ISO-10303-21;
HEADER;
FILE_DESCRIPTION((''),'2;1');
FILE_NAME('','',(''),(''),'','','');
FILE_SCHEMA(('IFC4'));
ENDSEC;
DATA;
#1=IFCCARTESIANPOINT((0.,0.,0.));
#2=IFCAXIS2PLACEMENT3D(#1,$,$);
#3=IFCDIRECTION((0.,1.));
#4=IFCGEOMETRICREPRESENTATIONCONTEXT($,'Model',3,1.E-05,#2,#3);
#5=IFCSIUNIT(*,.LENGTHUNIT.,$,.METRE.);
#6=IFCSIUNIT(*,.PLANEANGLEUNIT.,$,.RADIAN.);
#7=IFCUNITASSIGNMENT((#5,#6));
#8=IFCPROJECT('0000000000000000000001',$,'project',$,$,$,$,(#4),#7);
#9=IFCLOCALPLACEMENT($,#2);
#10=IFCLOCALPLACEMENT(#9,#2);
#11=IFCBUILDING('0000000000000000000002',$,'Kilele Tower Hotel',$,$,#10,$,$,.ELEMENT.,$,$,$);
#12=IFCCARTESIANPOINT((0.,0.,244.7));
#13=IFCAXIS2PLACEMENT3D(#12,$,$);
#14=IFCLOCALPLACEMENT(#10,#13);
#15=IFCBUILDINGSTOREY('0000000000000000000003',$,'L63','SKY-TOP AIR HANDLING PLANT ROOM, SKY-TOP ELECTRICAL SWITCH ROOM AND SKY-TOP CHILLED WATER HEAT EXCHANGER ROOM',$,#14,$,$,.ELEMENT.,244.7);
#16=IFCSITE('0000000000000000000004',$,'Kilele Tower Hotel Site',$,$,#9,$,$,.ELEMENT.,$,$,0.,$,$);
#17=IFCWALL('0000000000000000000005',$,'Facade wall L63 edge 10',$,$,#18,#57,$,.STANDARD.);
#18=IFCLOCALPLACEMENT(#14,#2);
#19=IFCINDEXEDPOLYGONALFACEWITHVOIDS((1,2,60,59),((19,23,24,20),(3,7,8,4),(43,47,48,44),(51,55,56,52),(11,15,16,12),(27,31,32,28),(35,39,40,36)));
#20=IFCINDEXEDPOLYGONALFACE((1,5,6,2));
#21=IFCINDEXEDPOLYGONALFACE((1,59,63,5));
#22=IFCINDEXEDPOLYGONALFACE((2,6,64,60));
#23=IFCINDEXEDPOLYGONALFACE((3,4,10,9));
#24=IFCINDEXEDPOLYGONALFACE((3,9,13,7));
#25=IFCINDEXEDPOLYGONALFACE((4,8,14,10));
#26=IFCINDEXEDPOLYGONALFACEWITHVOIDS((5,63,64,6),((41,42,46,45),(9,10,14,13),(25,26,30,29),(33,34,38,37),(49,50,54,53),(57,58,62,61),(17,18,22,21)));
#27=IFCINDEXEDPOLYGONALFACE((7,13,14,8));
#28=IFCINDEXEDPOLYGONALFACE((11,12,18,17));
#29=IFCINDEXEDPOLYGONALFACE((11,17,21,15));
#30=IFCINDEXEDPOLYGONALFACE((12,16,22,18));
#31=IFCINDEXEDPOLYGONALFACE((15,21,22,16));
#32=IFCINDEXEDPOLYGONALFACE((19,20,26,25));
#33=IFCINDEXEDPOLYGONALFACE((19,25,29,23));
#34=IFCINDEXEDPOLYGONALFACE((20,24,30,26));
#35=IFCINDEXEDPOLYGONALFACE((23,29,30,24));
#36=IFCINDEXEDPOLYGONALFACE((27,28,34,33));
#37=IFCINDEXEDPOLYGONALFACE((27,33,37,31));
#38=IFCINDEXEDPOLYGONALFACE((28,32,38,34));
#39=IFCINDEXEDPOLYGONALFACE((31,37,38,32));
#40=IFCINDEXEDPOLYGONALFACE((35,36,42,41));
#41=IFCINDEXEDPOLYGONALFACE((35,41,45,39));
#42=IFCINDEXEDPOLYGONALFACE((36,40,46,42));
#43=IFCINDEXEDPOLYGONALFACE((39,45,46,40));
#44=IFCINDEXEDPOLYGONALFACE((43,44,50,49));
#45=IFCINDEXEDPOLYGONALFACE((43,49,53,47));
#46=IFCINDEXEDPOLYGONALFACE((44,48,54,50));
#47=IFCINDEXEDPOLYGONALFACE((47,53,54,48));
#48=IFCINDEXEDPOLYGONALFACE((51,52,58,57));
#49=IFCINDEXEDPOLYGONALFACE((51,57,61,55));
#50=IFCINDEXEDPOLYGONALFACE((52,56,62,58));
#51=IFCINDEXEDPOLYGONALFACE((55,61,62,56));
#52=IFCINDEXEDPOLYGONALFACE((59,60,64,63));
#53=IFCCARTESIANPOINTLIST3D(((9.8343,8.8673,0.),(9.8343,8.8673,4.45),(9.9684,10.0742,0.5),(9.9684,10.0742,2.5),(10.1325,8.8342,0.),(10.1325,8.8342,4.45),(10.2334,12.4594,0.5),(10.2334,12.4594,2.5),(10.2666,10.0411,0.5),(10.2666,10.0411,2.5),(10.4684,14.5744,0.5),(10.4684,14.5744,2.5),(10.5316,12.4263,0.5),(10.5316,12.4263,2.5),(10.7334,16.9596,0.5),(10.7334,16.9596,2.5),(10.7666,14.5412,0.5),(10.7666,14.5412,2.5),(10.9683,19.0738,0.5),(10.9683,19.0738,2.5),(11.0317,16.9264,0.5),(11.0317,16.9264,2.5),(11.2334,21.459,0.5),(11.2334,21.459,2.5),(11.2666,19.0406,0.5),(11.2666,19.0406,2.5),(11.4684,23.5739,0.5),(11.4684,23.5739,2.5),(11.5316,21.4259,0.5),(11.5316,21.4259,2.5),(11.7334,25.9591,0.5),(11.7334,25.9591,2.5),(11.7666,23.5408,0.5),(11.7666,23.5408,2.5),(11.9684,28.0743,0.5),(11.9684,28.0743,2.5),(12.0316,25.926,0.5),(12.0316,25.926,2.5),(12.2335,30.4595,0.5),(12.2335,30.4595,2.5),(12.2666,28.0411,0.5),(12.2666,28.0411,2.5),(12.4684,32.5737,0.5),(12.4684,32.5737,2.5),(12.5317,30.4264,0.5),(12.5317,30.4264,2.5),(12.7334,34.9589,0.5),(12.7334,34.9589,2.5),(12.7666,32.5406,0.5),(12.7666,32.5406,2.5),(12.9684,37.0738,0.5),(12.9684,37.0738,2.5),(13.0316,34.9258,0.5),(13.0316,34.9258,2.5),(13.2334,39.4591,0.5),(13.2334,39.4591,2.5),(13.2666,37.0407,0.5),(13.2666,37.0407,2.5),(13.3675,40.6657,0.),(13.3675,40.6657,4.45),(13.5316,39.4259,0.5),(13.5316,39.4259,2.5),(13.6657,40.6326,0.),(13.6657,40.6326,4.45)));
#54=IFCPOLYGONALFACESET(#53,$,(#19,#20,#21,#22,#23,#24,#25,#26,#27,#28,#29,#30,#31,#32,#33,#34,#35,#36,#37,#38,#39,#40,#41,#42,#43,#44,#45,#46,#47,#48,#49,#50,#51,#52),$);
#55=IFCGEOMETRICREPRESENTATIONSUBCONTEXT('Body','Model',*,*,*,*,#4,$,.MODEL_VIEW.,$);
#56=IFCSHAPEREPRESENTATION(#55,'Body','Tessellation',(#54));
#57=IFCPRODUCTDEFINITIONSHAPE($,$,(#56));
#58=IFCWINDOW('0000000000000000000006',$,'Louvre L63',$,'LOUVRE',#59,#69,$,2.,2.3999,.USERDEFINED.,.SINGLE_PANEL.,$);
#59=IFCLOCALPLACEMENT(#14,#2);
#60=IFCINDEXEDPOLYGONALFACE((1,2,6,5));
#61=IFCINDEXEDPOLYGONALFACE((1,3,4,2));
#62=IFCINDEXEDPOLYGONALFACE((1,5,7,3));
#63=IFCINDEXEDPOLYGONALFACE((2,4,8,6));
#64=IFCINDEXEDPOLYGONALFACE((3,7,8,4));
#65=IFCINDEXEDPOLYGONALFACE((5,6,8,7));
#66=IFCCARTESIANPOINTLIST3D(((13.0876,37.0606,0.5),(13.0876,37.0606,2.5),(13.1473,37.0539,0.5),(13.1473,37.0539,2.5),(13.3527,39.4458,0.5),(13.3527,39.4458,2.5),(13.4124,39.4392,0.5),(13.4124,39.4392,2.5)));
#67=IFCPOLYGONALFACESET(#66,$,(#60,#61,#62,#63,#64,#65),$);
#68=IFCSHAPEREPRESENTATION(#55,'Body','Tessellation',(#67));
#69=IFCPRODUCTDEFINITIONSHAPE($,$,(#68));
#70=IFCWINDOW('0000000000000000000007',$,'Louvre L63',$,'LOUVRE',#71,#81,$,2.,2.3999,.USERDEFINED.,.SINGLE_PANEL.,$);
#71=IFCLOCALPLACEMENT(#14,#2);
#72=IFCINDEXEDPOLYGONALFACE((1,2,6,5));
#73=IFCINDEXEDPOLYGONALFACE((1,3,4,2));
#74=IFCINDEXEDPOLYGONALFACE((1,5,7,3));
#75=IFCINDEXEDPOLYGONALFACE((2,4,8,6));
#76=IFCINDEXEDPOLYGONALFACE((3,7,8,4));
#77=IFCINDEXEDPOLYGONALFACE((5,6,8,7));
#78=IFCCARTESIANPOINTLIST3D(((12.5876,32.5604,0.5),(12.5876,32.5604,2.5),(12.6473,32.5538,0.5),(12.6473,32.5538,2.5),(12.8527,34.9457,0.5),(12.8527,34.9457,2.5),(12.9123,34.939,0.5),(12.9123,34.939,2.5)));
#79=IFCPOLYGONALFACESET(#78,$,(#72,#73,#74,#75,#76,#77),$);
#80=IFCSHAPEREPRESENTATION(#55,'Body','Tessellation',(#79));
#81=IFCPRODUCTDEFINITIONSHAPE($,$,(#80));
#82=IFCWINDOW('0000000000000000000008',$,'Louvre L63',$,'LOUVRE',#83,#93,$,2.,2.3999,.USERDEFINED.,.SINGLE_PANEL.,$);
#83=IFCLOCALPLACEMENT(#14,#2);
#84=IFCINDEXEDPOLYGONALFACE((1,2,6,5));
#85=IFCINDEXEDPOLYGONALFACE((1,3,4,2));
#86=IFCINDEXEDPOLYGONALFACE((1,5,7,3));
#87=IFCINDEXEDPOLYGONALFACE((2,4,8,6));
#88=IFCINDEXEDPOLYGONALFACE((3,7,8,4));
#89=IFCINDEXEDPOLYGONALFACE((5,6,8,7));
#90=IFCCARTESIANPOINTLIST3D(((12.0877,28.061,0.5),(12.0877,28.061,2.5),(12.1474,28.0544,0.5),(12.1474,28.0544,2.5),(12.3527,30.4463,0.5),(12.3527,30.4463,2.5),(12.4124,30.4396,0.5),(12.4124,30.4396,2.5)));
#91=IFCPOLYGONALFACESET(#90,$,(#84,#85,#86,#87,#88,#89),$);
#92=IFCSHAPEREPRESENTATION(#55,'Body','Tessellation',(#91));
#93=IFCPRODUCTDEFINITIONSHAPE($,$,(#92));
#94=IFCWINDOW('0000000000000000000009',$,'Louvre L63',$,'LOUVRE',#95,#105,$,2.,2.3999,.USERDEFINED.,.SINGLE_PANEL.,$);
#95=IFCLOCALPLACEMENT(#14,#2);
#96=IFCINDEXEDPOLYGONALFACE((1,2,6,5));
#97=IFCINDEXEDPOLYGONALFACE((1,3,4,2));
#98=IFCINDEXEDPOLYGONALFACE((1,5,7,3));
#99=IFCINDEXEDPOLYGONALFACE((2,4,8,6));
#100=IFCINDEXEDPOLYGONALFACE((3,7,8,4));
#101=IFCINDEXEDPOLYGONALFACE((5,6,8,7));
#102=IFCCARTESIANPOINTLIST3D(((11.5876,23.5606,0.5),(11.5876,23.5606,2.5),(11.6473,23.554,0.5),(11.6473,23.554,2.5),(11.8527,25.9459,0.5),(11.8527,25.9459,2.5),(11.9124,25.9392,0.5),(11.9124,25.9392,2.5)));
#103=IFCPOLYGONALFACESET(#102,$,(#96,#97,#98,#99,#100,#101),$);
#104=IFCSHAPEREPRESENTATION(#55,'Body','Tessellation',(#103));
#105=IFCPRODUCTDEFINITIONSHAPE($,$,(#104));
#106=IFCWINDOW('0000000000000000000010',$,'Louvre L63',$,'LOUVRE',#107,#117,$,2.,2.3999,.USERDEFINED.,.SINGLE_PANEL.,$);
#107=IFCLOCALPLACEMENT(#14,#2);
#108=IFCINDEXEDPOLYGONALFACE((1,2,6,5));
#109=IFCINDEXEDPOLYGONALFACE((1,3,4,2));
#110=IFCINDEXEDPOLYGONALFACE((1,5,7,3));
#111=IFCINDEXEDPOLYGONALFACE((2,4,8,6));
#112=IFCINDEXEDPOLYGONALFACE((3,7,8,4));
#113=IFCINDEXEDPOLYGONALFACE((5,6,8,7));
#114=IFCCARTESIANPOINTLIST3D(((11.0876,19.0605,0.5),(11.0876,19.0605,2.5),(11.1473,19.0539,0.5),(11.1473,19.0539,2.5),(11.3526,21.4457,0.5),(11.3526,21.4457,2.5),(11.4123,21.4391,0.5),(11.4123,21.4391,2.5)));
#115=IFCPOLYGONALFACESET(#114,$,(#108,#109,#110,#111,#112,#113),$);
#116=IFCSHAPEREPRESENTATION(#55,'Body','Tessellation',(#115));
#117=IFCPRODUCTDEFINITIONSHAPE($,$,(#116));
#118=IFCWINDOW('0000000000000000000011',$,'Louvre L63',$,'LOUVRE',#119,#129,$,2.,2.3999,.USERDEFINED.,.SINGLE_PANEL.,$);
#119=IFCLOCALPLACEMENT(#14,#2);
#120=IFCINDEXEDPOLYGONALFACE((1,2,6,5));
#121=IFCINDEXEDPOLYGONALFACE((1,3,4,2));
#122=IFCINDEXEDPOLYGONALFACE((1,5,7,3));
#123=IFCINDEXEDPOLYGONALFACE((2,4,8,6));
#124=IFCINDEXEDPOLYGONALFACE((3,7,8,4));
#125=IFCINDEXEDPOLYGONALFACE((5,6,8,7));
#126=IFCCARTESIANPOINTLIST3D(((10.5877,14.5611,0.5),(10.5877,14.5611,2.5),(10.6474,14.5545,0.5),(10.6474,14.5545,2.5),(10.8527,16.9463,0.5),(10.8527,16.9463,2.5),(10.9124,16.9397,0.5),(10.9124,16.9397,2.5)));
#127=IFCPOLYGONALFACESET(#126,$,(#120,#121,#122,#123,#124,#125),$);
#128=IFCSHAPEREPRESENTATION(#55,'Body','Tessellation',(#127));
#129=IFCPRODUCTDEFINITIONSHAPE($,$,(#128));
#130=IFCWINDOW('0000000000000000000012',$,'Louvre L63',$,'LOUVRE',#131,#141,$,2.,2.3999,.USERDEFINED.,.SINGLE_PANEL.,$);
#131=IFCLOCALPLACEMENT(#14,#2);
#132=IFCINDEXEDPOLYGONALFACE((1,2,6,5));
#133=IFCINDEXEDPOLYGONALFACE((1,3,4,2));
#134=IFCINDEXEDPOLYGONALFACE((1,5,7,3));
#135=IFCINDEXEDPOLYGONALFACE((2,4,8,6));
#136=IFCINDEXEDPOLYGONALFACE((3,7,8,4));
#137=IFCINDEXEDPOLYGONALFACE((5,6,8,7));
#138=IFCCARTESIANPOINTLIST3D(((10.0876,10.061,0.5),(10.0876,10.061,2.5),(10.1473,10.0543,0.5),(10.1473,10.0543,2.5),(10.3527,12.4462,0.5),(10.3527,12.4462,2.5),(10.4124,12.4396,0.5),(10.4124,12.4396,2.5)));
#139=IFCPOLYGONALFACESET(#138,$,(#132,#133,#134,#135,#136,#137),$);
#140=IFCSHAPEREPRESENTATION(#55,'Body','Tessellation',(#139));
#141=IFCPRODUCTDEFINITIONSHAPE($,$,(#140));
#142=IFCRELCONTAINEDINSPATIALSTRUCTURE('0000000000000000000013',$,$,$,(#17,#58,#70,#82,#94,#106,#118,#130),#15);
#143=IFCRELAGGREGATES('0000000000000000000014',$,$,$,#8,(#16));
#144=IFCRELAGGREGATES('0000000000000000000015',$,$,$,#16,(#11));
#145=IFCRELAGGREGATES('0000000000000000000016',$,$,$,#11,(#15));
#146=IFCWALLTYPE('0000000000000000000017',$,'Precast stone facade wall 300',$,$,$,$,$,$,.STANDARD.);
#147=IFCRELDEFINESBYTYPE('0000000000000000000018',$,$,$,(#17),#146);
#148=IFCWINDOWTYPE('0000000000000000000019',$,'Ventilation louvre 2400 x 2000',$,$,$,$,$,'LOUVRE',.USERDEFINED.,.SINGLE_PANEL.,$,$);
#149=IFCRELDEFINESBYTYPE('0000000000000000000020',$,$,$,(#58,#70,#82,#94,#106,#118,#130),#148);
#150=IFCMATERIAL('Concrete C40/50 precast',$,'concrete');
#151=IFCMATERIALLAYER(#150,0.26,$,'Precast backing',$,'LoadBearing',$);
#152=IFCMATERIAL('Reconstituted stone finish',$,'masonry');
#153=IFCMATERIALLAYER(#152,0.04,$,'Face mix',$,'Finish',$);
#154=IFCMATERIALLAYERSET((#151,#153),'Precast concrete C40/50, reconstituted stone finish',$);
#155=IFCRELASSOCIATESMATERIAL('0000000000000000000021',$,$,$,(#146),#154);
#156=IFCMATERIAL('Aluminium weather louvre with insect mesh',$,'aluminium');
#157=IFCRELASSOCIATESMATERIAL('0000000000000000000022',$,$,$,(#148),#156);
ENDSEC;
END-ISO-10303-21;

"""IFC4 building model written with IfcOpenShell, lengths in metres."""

from ifc_helpers import new_model, si_unit, direction, frame, frame_2d, origin, place, context, subcontext, project, spatial, rectangle, extrude, material, layer, layer_set, type_object, element, fill, save


model = new_model("IFC4")

# Units and contexts
model_context = context("Model", 3, precision=1e-05, world=origin(), true_north=direction((0.0, 1.0)))
body_context = subcontext(model_context, "Body", "Model", "MODEL_VIEW")
ifc_project = project(units=[si_unit("LENGTHUNIT", "METRE"), si_unit("PLANEANGLEUNIT", "RADIAN")], contexts=[model_context])

# Site, building, storey
site_placement = place(None, origin())
site = spatial("IfcSite", under=ifc_project, at=site_placement, Name="Kilele Tower Hotel Site", CompositionType="ELEMENT", RefElevation=0.0)
building_placement = place(site_placement, origin())
building = spatial("IfcBuilding", under=site, at=building_placement, Name="Kilele Tower Hotel", CompositionType="ELEMENT")
storey_placement = place(building_placement, frame((0.0, 0.0, 244.7)))
storey = spatial("IfcBuildingStorey", under=building, at=storey_placement, Name="L63", Description="SKY-TOP AIR HANDLING PLANT ROOM, SKY-TOP ELECTRICAL SWITCH ROOM AND SKY-TOP CHILLED WATER HEAT EXCHANGER ROOM", CompositionType="ELEMENT", Elevation=244.7)

# Wall, openings, windows
ifc_material_1 = material(Name="Concrete C40/50 precast", Category="concrete")
ifc_layer_1 = layer(ifc_material_1, 0.26, Name="Precast backing", Category="LoadBearing")
ifc_material_2 = material(Name="Reconstituted stone finish", Category="masonry")
ifc_layer_2 = layer(ifc_material_2, 0.04, Name="Face mix", Category="Finish")
ifc_layer_set_1 = layer_set([ifc_layer_1, ifc_layer_2], Name="Precast concrete C40/50, reconstituted stone finish")
wall_type_1 = type_object("IfcWallType", Name="Precast stone facade wall 300", PredefinedType="STANDARD", material=ifc_layer_set_1)
wall_1_placement = place(storey_placement, frame((13.5166, 40.6492, 0.0), z_axis=(0.0, 0.0, 1.0), x_axis=(-0.110433, -0.993884, 0.0)))
wall_1 = element("IfcWall", 1, at=wall_1_placement, inside=storey, type_object=wall_type_1, Name="Facade wall L63 edge 10", PredefinedType="STANDARD", context=body_context, shape_type="SweptSolid", body=[
    extrude(rectangle(XDim=31.9941, YDim=0.3, at=frame_2d((15.9971, 0.0))), origin(), (0.0, 0.0, 1.0), 4.45),
])
opening_1_placement = place(wall_1_placement, frame((1.2141, 0.0, 0.5)))
opening_1 = element("IfcOpeningElement", 2, at=opening_1_placement, cuts=wall_1, PredefinedType="OPENING", context=body_context, shape_type="SweptSolid", body=[
    extrude(rectangle(XDim=2.3999, YDim=2.0, at=frame_2d((1.2, 1.0))), frame((0.0, 0.1599, 0.0), z_axis=(0.0, -1.0, 0.0), x_axis=(1.0, 0.0, 0.0)), (0.0, 0.0, 1.0), 0.3201),
])
opening_2_placement = place(wall_1_placement, frame((5.7419, 0.0, 0.5)))
opening_2 = element("IfcOpeningElement", 3, at=opening_2_placement, cuts=wall_1, PredefinedType="OPENING", context=body_context, shape_type="SweptSolid", body=[
    extrude(rectangle(XDim=2.3999, YDim=2.0, at=frame_2d((1.2, 1.0))), frame((0.0, 0.1599, 0.0), z_axis=(0.0, -1.0, 0.0), x_axis=(1.0, 0.0, 0.0)), (0.0, 0.0, 1.0), 0.3201),
])
opening_3_placement = place(wall_1_placement, frame((10.269, 0.0, 0.5)))
opening_3 = element("IfcOpeningElement", 4, at=opening_3_placement, cuts=wall_1, PredefinedType="OPENING", context=body_context, shape_type="SweptSolid", body=[
    extrude(rectangle(XDim=2.3999, YDim=2.0, at=frame_2d((1.2, 1.0))), frame((0.0, 0.1599, 0.0), z_axis=(0.0, -1.0, 0.0), x_axis=(1.0, 0.0, 0.0)), (0.0, 0.0, 1.0), 0.3201),
])
opening_4_placement = place(wall_1_placement, frame((14.7971, 0.0, 0.5)))
opening_4 = element("IfcOpeningElement", 5, at=opening_4_placement, cuts=wall_1, PredefinedType="OPENING", context=body_context, shape_type="SweptSolid", body=[
    extrude(rectangle(XDim=2.3999, YDim=2.0, at=frame_2d((1.2, 1.0))), frame((0.0, 0.1599, 0.0), z_axis=(0.0, -1.0, 0.0), x_axis=(1.0, 0.0, 0.0)), (0.0, 0.0, 1.0), 0.3201),
])
opening_5_placement = place(wall_1_placement, frame((19.325, 0.0, 0.5)))
opening_5 = element("IfcOpeningElement", 6, at=opening_5_placement, cuts=wall_1, PredefinedType="OPENING", context=body_context, shape_type="SweptSolid", body=[
    extrude(rectangle(XDim=2.3999, YDim=2.0, at=frame_2d((1.2, 1.0))), frame((0.0, 0.1599, 0.0), z_axis=(0.0, -1.0, 0.0), x_axis=(1.0, 0.0, 0.0)), (0.0, 0.0, 1.0), 0.3201),
])
opening_6_placement = place(wall_1_placement, frame((23.8521, 0.0, 0.5)))
opening_6 = element("IfcOpeningElement", 7, at=opening_6_placement, cuts=wall_1, PredefinedType="OPENING", context=body_context, shape_type="SweptSolid", body=[
    extrude(rectangle(XDim=2.3999, YDim=2.0, at=frame_2d((1.2, 1.0))), frame((0.0, 0.1599, 0.0), z_axis=(0.0, -1.0, 0.0), x_axis=(1.0, 0.0, 0.0)), (0.0, 0.0, 1.0), 0.3201),
])
opening_7_placement = place(wall_1_placement, frame((28.3799, 0.0, 0.5)))
opening_7 = element("IfcOpeningElement", 8, at=opening_7_placement, cuts=wall_1, PredefinedType="OPENING", context=body_context, shape_type="SweptSolid", body=[
    extrude(rectangle(XDim=2.3999, YDim=2.0, at=frame_2d((1.2, 1.0))), frame((0.0, 0.1599, 0.0), z_axis=(0.0, -1.0, 0.0), x_axis=(1.0, 0.0, 0.0)), (0.0, 0.0, 1.0), 0.3201),
])
ifc_material_3 = material(Name="Aluminium weather louvre with insect mesh", Category="aluminium")
window_type = type_object("IfcWindowType", Name="Ventilation louvre 2400 x 2000", ElementType="LOUVRE", PartitioningType="SINGLE_PANEL", PredefinedType="USERDEFINED", material=ifc_material_3)
window_1_placement = place(opening_1_placement, origin())
window_1 = element("IfcWindow", 9, at=window_1_placement, inside=storey, type_object=window_type, Name="Louvre L63", ObjectType="LOUVRE", OverallHeight=2.0, OverallWidth=2.3999, PartitioningType="SINGLE_PANEL", PredefinedType="USERDEFINED", context=body_context, shape_type="SweptSolid", body=[
    extrude(rectangle(XDim=2.3999, YDim=2.0, at=frame_2d((1.2, 1.0))), frame((0.0, 0.03, 0.0), z_axis=(0.0, -1.0, 0.0), x_axis=(1.0, 0.0, 0.0)), (0.0, 0.0, 1.0), 0.0601),
])
fill(opening_1, window_1)
window_2_placement = place(opening_2_placement, origin())
window_2 = element("IfcWindow", 10, at=window_2_placement, inside=storey, type_object=window_type, Name="Louvre L63", ObjectType="LOUVRE", OverallHeight=2.0, OverallWidth=2.3999, PartitioningType="SINGLE_PANEL", PredefinedType="USERDEFINED", context=body_context, shape_type="SweptSolid", body=[
    extrude(rectangle(XDim=2.3999, YDim=2.0, at=frame_2d((1.2, 1.0))), frame((0.0, 0.03, 0.0), z_axis=(0.0, -1.0, 0.0), x_axis=(1.0, 0.0, 0.0)), (0.0, 0.0, 1.0), 0.0601),
])
fill(opening_2, window_2)
window_3_placement = place(opening_3_placement, origin())
window_3 = element("IfcWindow", 11, at=window_3_placement, inside=storey, type_object=window_type, Name="Louvre L63", ObjectType="LOUVRE", OverallHeight=2.0, OverallWidth=2.3999, PartitioningType="SINGLE_PANEL", PredefinedType="USERDEFINED", context=body_context, shape_type="SweptSolid", body=[
    extrude(rectangle(XDim=2.3999, YDim=2.0, at=frame_2d((1.2, 1.0))), frame((0.0, 0.03, 0.0), z_axis=(0.0, -1.0, 0.0), x_axis=(1.0, 0.0, 0.0)), (0.0, 0.0, 1.0), 0.0601),
])
fill(opening_3, window_3)
window_4_placement = place(opening_4_placement, origin())
window_4 = element("IfcWindow", 12, at=window_4_placement, inside=storey, type_object=window_type, Name="Louvre L63", ObjectType="LOUVRE", OverallHeight=2.0, OverallWidth=2.3999, PartitioningType="SINGLE_PANEL", PredefinedType="USERDEFINED", context=body_context, shape_type="SweptSolid", body=[
    extrude(rectangle(XDim=2.3999, YDim=2.0, at=frame_2d((1.2, 1.0))), frame((0.0, 0.03, 0.0), z_axis=(0.0, -1.0, 0.0), x_axis=(1.0, 0.0, 0.0)), (0.0, 0.0, 1.0), 0.0601),
])
fill(opening_4, window_4)
window_5_placement = place(opening_5_placement, origin())
window_5 = element("IfcWindow", 13, at=window_5_placement, inside=storey, type_object=window_type, Name="Louvre L63", ObjectType="LOUVRE", OverallHeight=2.0, OverallWidth=2.3999, PartitioningType="SINGLE_PANEL", PredefinedType="USERDEFINED", context=body_context, shape_type="SweptSolid", body=[
    extrude(rectangle(XDim=2.3999, YDim=2.0, at=frame_2d((1.2, 1.0))), frame((0.0, 0.03, 0.0), z_axis=(0.0, -1.0, 0.0), x_axis=(1.0, 0.0, 0.0)), (0.0, 0.0, 1.0), 0.0601),
])
fill(opening_5, window_5)
window_6_placement = place(opening_6_placement, origin())
window_6 = element("IfcWindow", 14, at=window_6_placement, inside=storey, type_object=window_type, Name="Louvre L63", ObjectType="LOUVRE", OverallHeight=2.0, OverallWidth=2.3999, PartitioningType="SINGLE_PANEL", PredefinedType="USERDEFINED", context=body_context, shape_type="SweptSolid", body=[
    extrude(rectangle(XDim=2.3999, YDim=2.0, at=frame_2d((1.2, 1.0))), frame((0.0, 0.03, 0.0), z_axis=(0.0, -1.0, 0.0), x_axis=(1.0, 0.0, 0.0)), (0.0, 0.0, 1.0), 0.0601),
])
fill(opening_6, window_6)
window_7_placement = place(opening_7_placement, origin())
window_7 = element("IfcWindow", 15, at=window_7_placement, inside=storey, type_object=window_type, Name="Louvre L63", ObjectType="LOUVRE", OverallHeight=2.0, OverallWidth=2.3999, PartitioningType="SINGLE_PANEL", PredefinedType="USERDEFINED", context=body_context, shape_type="SweptSolid", body=[
    extrude(rectangle(XDim=2.3999, YDim=2.0, at=frame_2d((1.2, 1.0))), frame((0.0, 0.03, 0.0), z_axis=(0.0, -1.0, 0.0), x_axis=(1.0, 0.0, 0.0)), (0.0, 0.0, 1.0), 0.0601),
])
fill(opening_7, window_7)

save(model, "model.ifc")
